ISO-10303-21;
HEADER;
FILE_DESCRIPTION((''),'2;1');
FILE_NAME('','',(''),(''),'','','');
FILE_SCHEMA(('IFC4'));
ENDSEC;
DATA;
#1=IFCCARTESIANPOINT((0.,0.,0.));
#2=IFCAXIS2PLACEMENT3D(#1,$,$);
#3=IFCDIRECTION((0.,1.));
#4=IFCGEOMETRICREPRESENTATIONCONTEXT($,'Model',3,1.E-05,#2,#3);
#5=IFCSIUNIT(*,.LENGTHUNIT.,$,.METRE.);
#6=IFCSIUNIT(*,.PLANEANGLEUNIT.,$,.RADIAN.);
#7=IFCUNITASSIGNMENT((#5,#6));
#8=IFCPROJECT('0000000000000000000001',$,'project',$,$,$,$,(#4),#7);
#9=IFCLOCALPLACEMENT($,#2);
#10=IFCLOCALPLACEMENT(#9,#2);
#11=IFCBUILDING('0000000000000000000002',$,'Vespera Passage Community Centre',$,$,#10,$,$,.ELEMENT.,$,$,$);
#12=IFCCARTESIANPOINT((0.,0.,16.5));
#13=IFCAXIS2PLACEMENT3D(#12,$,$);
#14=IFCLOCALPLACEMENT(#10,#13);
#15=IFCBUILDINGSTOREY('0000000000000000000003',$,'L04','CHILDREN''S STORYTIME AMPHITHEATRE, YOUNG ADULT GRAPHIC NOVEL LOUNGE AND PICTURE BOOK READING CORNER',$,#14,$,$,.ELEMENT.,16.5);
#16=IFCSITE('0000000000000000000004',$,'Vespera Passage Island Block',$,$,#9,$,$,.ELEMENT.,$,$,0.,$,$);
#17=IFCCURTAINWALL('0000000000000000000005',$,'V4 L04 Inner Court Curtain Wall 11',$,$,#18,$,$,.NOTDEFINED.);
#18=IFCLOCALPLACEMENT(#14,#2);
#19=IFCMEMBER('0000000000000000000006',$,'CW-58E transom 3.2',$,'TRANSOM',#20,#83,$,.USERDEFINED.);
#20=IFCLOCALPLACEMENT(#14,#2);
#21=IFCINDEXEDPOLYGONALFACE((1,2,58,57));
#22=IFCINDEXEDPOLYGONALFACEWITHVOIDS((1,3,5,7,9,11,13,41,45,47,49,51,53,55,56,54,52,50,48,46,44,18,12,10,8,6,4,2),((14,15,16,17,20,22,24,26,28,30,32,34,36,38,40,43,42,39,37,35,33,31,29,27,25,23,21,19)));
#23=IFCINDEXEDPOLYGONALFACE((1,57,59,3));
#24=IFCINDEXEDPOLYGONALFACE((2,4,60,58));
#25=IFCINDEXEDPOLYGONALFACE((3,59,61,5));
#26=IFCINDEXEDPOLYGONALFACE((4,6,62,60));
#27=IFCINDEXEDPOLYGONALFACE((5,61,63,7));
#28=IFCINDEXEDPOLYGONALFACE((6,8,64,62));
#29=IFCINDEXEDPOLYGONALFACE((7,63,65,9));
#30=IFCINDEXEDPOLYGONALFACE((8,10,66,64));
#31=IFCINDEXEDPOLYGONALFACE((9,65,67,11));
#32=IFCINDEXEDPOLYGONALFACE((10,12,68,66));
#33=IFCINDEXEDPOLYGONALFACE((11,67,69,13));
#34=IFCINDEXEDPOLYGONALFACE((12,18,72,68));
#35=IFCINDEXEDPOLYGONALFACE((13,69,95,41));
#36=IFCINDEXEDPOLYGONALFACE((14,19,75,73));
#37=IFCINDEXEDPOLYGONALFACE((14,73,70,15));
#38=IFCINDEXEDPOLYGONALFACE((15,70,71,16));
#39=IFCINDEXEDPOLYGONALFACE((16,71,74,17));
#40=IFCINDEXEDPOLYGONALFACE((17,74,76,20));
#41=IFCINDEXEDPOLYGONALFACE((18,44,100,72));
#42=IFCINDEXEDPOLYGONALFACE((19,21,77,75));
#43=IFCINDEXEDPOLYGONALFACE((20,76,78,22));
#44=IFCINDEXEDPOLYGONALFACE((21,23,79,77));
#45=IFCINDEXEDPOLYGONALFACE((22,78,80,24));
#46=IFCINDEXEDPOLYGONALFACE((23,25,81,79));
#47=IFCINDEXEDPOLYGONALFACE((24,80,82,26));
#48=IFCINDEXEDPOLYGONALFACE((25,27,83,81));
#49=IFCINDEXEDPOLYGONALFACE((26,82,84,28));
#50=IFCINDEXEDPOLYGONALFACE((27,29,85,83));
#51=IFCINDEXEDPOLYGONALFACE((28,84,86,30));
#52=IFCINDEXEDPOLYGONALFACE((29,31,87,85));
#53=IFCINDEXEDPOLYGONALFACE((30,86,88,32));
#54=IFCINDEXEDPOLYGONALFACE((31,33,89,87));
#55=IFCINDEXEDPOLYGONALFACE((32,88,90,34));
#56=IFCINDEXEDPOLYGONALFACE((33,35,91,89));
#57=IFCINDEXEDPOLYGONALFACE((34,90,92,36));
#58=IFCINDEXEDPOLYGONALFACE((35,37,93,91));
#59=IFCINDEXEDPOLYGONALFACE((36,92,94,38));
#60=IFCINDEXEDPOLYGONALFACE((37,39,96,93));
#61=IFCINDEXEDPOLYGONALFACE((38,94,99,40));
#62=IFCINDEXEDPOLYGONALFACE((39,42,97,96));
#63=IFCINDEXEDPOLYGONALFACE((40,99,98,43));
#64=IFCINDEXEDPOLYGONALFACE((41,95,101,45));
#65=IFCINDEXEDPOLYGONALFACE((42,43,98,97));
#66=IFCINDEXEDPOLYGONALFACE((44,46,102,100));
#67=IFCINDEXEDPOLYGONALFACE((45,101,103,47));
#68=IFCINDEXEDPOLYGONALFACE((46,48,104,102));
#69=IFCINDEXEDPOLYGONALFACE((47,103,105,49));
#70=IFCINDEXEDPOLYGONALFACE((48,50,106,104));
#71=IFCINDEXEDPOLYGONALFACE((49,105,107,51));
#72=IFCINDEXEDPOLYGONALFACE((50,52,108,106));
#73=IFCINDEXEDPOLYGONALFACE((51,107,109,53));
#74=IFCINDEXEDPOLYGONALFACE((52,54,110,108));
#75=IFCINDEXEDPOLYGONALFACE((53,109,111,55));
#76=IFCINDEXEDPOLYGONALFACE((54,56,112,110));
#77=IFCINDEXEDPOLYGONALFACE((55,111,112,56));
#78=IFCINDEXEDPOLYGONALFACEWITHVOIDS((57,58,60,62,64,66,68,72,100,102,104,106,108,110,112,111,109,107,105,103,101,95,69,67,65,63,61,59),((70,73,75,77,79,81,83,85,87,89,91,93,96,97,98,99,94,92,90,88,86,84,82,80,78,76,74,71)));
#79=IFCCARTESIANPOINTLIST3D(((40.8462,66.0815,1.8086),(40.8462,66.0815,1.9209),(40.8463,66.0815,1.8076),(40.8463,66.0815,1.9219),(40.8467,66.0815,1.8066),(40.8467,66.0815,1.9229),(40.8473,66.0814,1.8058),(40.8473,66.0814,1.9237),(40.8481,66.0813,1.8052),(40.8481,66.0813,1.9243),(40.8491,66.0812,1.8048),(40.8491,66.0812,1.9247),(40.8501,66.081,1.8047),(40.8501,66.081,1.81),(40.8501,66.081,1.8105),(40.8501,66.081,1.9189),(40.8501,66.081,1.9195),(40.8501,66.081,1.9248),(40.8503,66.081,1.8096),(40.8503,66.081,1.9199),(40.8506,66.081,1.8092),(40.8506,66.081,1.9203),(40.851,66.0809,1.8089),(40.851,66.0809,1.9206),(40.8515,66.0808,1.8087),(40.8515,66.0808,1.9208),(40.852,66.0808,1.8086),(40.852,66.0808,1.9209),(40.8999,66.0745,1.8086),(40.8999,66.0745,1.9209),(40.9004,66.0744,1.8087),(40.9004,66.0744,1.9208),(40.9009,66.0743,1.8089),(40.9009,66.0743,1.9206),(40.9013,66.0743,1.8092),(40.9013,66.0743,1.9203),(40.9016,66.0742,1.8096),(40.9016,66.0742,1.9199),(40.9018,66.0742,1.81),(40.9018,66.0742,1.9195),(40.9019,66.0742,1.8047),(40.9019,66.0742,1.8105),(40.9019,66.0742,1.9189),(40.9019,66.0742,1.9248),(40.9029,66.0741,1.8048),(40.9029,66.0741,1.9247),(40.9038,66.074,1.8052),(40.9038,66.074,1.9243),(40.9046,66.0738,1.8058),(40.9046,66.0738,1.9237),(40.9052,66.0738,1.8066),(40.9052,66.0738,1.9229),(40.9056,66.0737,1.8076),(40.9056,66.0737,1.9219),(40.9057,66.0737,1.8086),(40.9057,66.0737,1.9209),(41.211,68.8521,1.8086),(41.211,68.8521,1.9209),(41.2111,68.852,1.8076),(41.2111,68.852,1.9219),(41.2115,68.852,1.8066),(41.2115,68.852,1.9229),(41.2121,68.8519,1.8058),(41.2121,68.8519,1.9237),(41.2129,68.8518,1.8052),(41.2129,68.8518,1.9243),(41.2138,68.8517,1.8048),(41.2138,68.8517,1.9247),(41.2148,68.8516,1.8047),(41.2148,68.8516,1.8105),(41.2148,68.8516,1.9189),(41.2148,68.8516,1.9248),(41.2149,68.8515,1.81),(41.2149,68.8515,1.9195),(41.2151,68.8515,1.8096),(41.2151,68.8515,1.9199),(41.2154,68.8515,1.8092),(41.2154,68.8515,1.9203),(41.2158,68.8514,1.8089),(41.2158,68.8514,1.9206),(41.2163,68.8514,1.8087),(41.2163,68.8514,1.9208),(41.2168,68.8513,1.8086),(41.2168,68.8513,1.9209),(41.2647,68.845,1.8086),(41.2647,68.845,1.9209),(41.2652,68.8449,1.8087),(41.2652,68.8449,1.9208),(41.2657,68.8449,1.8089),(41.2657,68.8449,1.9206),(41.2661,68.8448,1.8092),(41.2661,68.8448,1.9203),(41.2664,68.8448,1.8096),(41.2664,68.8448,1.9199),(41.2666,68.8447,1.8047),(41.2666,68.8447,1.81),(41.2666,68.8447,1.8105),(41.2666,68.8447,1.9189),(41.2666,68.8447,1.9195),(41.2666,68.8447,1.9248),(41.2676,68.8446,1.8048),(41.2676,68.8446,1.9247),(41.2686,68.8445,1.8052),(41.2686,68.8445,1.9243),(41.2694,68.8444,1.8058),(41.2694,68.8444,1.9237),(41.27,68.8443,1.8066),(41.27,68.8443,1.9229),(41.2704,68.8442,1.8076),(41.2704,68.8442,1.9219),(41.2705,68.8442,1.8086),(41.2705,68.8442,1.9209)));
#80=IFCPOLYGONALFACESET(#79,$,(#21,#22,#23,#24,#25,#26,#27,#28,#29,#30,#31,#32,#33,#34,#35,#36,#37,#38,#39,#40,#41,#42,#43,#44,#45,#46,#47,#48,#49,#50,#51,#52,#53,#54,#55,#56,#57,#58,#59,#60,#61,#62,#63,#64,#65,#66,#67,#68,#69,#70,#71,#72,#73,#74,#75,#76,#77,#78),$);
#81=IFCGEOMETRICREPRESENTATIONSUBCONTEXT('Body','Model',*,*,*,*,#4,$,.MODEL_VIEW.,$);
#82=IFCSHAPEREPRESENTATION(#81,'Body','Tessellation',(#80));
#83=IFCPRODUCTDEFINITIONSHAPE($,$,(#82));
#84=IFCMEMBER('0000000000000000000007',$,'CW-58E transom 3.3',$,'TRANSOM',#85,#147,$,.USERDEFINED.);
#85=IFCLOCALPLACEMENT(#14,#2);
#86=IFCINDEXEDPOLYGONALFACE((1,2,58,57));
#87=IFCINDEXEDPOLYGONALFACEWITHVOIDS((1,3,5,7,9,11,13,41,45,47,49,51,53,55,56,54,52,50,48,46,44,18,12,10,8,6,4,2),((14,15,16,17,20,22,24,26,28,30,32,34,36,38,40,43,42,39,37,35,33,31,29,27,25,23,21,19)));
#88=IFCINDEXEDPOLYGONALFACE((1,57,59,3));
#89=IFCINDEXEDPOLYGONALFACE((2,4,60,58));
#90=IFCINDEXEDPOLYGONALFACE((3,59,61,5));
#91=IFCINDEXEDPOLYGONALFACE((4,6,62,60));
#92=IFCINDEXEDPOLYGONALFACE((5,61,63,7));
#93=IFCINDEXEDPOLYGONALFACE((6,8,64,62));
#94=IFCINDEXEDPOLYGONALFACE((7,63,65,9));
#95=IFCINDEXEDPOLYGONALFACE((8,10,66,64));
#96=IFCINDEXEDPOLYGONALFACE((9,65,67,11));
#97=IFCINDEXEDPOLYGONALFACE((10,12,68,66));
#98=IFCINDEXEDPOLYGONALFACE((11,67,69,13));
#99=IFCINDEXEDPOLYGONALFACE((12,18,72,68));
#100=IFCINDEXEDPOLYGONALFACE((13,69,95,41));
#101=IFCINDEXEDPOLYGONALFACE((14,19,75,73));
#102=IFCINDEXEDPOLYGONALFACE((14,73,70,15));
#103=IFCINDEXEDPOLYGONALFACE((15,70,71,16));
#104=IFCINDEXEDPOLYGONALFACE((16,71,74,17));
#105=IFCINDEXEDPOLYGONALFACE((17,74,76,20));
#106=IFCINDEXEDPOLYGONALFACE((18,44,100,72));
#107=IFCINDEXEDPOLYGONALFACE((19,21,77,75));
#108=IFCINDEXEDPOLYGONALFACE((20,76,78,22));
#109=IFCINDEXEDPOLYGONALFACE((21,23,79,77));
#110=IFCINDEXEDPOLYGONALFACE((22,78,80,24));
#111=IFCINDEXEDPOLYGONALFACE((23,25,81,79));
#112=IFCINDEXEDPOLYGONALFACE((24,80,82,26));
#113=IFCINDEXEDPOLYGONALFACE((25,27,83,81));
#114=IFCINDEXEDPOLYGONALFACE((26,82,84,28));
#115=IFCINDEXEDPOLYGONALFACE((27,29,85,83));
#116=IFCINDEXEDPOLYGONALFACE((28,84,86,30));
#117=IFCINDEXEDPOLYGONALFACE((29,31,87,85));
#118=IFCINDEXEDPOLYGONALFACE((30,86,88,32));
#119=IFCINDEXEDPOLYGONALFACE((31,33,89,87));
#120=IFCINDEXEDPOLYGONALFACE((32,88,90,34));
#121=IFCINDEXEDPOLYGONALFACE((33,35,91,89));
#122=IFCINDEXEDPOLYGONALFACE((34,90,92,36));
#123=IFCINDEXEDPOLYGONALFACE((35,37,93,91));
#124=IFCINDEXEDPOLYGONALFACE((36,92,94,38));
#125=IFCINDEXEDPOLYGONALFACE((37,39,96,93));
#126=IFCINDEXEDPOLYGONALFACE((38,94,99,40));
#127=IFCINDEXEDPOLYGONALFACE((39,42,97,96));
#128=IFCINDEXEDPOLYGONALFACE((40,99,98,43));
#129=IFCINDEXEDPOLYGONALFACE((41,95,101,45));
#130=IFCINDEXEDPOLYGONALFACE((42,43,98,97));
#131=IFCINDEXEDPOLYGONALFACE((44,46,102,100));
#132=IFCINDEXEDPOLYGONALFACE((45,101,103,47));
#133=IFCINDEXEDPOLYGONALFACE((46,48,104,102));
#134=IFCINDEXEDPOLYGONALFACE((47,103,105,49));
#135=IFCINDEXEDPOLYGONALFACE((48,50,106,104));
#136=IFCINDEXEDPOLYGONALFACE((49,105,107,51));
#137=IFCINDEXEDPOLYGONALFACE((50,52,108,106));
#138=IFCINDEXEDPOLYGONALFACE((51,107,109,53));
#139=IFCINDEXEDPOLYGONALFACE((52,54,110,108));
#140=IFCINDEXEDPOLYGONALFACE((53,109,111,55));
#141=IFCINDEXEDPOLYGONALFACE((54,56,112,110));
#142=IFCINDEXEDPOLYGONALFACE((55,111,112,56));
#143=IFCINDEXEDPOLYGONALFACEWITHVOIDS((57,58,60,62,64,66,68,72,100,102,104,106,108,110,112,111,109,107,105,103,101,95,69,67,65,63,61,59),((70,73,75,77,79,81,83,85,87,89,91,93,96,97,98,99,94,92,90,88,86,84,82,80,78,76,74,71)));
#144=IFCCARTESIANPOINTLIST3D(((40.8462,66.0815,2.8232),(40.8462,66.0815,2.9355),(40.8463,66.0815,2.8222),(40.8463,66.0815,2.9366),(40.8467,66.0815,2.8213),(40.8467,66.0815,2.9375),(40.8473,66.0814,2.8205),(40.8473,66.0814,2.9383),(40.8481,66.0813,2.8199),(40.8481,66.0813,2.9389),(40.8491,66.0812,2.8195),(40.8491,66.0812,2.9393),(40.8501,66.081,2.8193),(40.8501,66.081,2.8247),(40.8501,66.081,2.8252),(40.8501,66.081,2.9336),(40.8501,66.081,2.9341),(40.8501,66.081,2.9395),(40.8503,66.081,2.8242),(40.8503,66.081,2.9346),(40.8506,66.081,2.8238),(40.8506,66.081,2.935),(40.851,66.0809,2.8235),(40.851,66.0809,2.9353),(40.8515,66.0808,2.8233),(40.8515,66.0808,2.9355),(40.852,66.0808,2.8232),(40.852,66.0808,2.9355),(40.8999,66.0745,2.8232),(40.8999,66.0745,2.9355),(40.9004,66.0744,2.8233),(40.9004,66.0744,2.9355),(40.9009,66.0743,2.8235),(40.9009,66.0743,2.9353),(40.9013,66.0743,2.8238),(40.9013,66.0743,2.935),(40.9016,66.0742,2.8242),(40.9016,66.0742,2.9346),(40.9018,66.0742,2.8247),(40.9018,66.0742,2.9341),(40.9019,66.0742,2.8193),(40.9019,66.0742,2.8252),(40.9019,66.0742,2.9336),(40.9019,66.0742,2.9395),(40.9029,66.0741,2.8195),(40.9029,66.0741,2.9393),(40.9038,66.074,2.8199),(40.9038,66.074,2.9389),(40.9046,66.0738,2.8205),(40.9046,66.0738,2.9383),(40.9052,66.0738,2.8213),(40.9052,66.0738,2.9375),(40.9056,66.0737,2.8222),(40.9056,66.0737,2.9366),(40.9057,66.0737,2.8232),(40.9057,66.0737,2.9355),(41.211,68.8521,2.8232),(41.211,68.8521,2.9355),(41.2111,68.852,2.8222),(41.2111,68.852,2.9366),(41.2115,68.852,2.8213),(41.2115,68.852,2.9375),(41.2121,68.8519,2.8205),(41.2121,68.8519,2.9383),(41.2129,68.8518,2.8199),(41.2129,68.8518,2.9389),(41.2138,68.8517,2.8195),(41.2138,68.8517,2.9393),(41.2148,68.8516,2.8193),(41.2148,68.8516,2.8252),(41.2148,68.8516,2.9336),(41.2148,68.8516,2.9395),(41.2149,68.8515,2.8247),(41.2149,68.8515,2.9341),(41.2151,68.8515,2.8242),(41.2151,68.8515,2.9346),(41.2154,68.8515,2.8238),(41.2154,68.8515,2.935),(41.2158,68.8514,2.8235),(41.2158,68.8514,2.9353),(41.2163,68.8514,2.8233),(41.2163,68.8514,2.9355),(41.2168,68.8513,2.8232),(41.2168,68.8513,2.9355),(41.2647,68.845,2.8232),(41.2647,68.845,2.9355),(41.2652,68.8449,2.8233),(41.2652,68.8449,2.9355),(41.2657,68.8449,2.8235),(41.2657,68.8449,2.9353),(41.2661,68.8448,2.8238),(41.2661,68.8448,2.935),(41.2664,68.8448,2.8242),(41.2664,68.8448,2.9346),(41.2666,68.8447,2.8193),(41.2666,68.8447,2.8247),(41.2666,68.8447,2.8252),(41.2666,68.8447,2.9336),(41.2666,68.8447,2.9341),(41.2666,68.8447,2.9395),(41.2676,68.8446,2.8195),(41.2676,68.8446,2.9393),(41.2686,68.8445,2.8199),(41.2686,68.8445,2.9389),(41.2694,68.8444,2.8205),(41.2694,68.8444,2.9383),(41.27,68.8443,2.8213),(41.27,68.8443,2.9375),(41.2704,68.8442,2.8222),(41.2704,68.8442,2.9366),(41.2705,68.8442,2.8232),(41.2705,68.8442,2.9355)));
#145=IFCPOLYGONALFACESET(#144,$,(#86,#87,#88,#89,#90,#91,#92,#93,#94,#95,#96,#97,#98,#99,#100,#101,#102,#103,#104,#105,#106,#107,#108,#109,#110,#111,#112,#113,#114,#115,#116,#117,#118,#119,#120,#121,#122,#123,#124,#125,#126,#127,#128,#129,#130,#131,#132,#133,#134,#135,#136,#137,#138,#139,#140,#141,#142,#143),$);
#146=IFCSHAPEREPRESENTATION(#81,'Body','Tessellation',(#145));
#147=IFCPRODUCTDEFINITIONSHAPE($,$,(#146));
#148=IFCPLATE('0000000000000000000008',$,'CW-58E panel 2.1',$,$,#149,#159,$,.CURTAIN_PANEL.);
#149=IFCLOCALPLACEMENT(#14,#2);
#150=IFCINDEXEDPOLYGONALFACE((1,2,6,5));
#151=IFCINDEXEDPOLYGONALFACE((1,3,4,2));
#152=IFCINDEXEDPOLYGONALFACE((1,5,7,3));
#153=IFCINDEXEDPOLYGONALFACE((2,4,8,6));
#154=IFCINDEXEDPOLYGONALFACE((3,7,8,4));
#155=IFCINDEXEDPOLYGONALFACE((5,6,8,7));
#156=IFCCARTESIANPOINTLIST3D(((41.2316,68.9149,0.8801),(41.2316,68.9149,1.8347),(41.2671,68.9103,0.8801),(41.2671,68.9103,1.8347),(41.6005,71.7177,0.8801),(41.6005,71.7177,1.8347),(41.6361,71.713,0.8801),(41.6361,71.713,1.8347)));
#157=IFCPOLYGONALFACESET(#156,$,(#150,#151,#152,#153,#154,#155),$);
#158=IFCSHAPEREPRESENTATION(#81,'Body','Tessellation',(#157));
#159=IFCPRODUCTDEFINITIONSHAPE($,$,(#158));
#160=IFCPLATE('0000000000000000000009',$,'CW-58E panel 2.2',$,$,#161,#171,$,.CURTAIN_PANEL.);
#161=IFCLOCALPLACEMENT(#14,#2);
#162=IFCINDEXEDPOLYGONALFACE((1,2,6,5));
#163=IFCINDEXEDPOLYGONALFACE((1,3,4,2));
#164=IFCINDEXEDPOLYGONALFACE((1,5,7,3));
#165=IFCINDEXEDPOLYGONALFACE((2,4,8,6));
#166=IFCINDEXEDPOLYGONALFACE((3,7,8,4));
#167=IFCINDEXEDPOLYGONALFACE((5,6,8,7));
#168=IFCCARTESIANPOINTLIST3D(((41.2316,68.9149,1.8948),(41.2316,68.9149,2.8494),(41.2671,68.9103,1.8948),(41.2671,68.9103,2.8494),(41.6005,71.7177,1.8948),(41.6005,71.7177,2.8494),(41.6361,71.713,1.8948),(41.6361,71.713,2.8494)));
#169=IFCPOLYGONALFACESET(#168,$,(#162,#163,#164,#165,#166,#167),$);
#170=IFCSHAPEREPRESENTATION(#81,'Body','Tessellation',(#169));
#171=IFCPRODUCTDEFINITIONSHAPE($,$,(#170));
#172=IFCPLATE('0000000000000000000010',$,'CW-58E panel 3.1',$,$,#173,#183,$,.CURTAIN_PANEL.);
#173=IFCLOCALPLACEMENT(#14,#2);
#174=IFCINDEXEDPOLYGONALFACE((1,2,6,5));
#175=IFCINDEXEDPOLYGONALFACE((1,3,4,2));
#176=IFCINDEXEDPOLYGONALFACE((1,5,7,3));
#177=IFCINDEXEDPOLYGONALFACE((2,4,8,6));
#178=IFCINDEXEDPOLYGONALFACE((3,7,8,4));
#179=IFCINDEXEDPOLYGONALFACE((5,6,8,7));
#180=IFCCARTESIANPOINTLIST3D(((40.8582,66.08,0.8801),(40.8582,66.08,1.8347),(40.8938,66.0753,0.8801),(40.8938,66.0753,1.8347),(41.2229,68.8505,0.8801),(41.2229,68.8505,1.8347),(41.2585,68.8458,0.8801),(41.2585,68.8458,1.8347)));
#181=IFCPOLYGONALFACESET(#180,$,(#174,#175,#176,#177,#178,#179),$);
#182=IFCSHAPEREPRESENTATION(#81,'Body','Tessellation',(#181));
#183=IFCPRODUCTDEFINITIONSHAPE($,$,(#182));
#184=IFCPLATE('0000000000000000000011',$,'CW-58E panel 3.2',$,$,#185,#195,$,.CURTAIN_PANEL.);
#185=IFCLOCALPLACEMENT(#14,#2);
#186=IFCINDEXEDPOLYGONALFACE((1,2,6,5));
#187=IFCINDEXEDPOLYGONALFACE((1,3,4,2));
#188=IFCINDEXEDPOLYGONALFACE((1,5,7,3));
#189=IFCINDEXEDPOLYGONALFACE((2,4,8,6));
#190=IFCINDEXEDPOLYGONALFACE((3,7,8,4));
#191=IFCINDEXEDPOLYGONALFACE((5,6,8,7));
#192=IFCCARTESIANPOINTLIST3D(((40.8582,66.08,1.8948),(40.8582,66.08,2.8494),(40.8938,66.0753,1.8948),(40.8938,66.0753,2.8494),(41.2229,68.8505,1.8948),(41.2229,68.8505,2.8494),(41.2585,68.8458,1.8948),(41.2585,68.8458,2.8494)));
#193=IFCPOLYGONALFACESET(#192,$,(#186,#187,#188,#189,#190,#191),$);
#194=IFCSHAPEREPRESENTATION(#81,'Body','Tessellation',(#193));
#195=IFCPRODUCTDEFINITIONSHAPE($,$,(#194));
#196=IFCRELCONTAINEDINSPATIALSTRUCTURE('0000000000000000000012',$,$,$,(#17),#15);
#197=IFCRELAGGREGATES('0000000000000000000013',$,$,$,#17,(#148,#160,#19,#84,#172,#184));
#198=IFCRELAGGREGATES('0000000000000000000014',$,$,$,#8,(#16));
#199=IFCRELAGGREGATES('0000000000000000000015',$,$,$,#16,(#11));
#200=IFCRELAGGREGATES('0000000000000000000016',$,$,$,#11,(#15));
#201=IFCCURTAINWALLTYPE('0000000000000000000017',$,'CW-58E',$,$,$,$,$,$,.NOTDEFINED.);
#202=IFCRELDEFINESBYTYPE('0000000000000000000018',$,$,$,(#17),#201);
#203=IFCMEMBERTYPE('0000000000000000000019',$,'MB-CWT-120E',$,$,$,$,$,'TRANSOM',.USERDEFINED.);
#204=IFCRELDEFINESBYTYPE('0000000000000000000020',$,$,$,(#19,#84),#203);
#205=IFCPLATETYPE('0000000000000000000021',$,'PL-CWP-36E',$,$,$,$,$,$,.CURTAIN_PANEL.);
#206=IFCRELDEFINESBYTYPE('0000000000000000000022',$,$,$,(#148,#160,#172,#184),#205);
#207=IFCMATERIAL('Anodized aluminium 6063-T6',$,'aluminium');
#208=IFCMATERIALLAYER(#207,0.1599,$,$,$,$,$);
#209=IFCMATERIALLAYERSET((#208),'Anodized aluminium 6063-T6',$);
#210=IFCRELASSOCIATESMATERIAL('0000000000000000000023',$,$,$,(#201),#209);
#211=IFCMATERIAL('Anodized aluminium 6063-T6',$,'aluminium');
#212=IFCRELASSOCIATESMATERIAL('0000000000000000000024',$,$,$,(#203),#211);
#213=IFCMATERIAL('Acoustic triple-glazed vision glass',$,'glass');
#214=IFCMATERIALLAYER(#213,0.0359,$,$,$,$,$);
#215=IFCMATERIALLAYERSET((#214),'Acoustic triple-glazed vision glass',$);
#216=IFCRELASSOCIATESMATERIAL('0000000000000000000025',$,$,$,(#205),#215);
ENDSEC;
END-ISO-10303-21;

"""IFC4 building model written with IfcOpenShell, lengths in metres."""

from ifc_helpers import new_model, si_unit, direction, frame, origin, origin_2d, place, context, subcontext, project, spatial, rectangle, hollow_rectangle, extrude, material, layer, layer_set, material_profile, profile_set, type_object, element, aggregate, save


model = new_model("IFC4")

# Units and contexts
model_context = context("Model", 3, precision=1e-05, world=origin(), true_north=direction((0.0, 1.0)))
body_context = subcontext(model_context, "Body", "Model", "MODEL_VIEW")
ifc_project = project(units=[si_unit("LENGTHUNIT", "METRE"), si_unit("PLANEANGLEUNIT", "RADIAN")], contexts=[model_context])

# Site, building, storey
site_placement = place(None, origin())
site = spatial("IfcSite", under=ifc_project, at=site_placement, Name="Vespera Passage Island Block", CompositionType="ELEMENT", RefElevation=0.0)
building_placement = place(site_placement, origin())
building = spatial("IfcBuilding", under=site, at=building_placement, Name="Vespera Passage Community Centre", CompositionType="ELEMENT")
storey_placement = place(building_placement, frame((0.0, 0.0, 16.5)))
storey = spatial("IfcBuildingStorey", under=building, at=storey_placement, Name="L04", Description="CHILDREN'S STORYTIME AMPHITHEATRE, YOUNG ADULT GRAPHIC NOVEL LOUNGE AND PICTURE BOOK READING CORNER", CompositionType="ELEMENT", Elevation=16.5)

# Curtain wall, members, plates
ifc_material_1 = material(Name="Anodized aluminium 6063-T6", Category="aluminium")
ifc_layer_1 = layer(ifc_material_1, 0.1599)
ifc_layer_set_1 = layer_set([ifc_layer_1], Name="Anodized aluminium 6063-T6")
curtain_wall_type = type_object("IfcCurtainWallType", Name="CW-58E", PredefinedType="NOTDEFINED", material=ifc_layer_set_1)
curtain_wall_placement = place(storey_placement, origin())
curtain_wall = element("IfcCurtainWall", 1, at=curtain_wall_placement, inside=storey, type_object=curtain_wall_type, Name="V4 L04 Inner Court Curtain Wall 11", PredefinedType="NOTDEFINED")
ifc_material_2 = material(Name="Anodized aluminium 6063-T6", Category="aluminium")
ifc_material_profile_1 = material_profile(ifc_material_2, hollow_rectangle(XDim=0.0601, YDim=0.1201, WallThickness=0.0039, InnerFilletRadius=0.002, OuterFilletRadius=0.0039, at=origin_2d()), Name="ALU120X60X4")
ifc_profile_set_1 = profile_set([ifc_material_profile_1], Name="Anodized aluminium 6063-T6")
member_type_1 = type_object("IfcMemberType", Name="MB-CWT-120E", ElementType="TRANSOM", PredefinedType="USERDEFINED", material=ifc_profile_set_1)
member_1_placement = place(storey_placement, frame((41.2407, 68.8481, 1.8647), z_axis=(-0.130527, -0.991445, 0.0), x_axis=(0.991445, -0.130527, 0.0)))
member_1 = element("IfcMember", 2, at=member_1_placement, type_object=member_type_1, Name="CW-58E transom 3.2", ObjectType="TRANSOM", PredefinedType="USERDEFINED", context=body_context, shape_type="SweptSolid", body=[
    extrude(hollow_rectangle(XDim=0.0601, YDim=0.1201, WallThickness=0.0039, InnerFilletRadius=0.002, OuterFilletRadius=0.0039, at=origin_2d()), origin(), (0.0, 0.0, 1.0), 2.7944),
])
member_2_placement = place(storey_placement, frame((41.2407, 68.8481, 2.8794), z_axis=(-0.130527, -0.991445, 0.0), x_axis=(0.991445, -0.130527, 0.0)))
member_2 = element("IfcMember", 3, at=member_2_placement, type_object=member_type_1, Name="CW-58E transom 3.3", ObjectType="TRANSOM", PredefinedType="USERDEFINED", context=body_context, shape_type="SweptSolid", body=[
    extrude(hollow_rectangle(XDim=0.0601, YDim=0.1201, WallThickness=0.0039, InnerFilletRadius=0.002, OuterFilletRadius=0.0039, at=origin_2d()), origin(), (0.0, 0.0, 1.0), 2.7944),
])
ifc_material_3 = material(Name="Acoustic triple-glazed vision glass", Category="glass")
ifc_layer_2 = layer(ifc_material_3, 0.0359)
ifc_layer_set_2 = layer_set([ifc_layer_2], Name="Acoustic triple-glazed vision glass")
plate_type = type_object("IfcPlateType", Name="PL-CWP-36E", PredefinedType="CURTAIN_PANEL", material=ifc_layer_set_2)
plate_1_placement = place(storey_placement, frame((41.4338, 70.314, 0.8801), z_axis=(0.0, 0.0, 1.0), x_axis=(-0.130522, -0.991445, 0.0)))
plate_1 = element("IfcPlate", 4, at=plate_1_placement, type_object=plate_type, Name="CW-58E panel 2.1", PredefinedType="CURTAIN_PANEL", context=body_context, shape_type="SweptSolid", body=[
    extrude(rectangle(XDim=2.8269, YDim=0.0359, at=origin_2d()), origin(), (0.0, 0.0, 1.0), 0.9546),
])
plate_2_placement = place(storey_placement, frame((41.4338, 70.314, 1.8948), z_axis=(0.0, 0.0, 1.0), x_axis=(-0.130522, -0.991445, 0.0)))
plate_2 = element("IfcPlate", 5, at=plate_2_placement, type_object=plate_type, Name="CW-58E panel 2.2", PredefinedType="CURTAIN_PANEL", context=body_context, shape_type="SweptSolid", body=[
    extrude(rectangle(XDim=2.8269, YDim=0.0359, at=origin_2d()), origin(), (0.0, 0.0, 1.0), 0.9546),
])
plate_3_placement = place(storey_placement, frame((41.0583, 67.4629, 0.8801), z_axis=(0.0, 0.0, 1.0), x_axis=(-0.130522, -0.991445, 0.0)))
plate_3 = element("IfcPlate", 6, at=plate_3_placement, type_object=plate_type, Name="CW-58E panel 3.1", PredefinedType="CURTAIN_PANEL", context=body_context, shape_type="SweptSolid", body=[
    extrude(rectangle(XDim=2.7944, YDim=0.0359, at=origin_2d()), origin(), (0.0, 0.0, 1.0), 0.9546),
])
plate_4_placement = place(storey_placement, frame((41.0583, 67.4629, 1.8948), z_axis=(0.0, 0.0, 1.0), x_axis=(-0.130522, -0.991445, 0.0)))
plate_4 = element("IfcPlate", 7, at=plate_4_placement, type_object=plate_type, Name="CW-58E panel 3.2", PredefinedType="CURTAIN_PANEL", context=body_context, shape_type="SweptSolid", body=[
    extrude(rectangle(XDim=2.7944, YDim=0.0359, at=origin_2d()), origin(), (0.0, 0.0, 1.0), 0.9546),
])
aggregate(curtain_wall, [plate_1, plate_2, member_1, member_2, plate_3, plate_4])

save(model, "model.ifc")
